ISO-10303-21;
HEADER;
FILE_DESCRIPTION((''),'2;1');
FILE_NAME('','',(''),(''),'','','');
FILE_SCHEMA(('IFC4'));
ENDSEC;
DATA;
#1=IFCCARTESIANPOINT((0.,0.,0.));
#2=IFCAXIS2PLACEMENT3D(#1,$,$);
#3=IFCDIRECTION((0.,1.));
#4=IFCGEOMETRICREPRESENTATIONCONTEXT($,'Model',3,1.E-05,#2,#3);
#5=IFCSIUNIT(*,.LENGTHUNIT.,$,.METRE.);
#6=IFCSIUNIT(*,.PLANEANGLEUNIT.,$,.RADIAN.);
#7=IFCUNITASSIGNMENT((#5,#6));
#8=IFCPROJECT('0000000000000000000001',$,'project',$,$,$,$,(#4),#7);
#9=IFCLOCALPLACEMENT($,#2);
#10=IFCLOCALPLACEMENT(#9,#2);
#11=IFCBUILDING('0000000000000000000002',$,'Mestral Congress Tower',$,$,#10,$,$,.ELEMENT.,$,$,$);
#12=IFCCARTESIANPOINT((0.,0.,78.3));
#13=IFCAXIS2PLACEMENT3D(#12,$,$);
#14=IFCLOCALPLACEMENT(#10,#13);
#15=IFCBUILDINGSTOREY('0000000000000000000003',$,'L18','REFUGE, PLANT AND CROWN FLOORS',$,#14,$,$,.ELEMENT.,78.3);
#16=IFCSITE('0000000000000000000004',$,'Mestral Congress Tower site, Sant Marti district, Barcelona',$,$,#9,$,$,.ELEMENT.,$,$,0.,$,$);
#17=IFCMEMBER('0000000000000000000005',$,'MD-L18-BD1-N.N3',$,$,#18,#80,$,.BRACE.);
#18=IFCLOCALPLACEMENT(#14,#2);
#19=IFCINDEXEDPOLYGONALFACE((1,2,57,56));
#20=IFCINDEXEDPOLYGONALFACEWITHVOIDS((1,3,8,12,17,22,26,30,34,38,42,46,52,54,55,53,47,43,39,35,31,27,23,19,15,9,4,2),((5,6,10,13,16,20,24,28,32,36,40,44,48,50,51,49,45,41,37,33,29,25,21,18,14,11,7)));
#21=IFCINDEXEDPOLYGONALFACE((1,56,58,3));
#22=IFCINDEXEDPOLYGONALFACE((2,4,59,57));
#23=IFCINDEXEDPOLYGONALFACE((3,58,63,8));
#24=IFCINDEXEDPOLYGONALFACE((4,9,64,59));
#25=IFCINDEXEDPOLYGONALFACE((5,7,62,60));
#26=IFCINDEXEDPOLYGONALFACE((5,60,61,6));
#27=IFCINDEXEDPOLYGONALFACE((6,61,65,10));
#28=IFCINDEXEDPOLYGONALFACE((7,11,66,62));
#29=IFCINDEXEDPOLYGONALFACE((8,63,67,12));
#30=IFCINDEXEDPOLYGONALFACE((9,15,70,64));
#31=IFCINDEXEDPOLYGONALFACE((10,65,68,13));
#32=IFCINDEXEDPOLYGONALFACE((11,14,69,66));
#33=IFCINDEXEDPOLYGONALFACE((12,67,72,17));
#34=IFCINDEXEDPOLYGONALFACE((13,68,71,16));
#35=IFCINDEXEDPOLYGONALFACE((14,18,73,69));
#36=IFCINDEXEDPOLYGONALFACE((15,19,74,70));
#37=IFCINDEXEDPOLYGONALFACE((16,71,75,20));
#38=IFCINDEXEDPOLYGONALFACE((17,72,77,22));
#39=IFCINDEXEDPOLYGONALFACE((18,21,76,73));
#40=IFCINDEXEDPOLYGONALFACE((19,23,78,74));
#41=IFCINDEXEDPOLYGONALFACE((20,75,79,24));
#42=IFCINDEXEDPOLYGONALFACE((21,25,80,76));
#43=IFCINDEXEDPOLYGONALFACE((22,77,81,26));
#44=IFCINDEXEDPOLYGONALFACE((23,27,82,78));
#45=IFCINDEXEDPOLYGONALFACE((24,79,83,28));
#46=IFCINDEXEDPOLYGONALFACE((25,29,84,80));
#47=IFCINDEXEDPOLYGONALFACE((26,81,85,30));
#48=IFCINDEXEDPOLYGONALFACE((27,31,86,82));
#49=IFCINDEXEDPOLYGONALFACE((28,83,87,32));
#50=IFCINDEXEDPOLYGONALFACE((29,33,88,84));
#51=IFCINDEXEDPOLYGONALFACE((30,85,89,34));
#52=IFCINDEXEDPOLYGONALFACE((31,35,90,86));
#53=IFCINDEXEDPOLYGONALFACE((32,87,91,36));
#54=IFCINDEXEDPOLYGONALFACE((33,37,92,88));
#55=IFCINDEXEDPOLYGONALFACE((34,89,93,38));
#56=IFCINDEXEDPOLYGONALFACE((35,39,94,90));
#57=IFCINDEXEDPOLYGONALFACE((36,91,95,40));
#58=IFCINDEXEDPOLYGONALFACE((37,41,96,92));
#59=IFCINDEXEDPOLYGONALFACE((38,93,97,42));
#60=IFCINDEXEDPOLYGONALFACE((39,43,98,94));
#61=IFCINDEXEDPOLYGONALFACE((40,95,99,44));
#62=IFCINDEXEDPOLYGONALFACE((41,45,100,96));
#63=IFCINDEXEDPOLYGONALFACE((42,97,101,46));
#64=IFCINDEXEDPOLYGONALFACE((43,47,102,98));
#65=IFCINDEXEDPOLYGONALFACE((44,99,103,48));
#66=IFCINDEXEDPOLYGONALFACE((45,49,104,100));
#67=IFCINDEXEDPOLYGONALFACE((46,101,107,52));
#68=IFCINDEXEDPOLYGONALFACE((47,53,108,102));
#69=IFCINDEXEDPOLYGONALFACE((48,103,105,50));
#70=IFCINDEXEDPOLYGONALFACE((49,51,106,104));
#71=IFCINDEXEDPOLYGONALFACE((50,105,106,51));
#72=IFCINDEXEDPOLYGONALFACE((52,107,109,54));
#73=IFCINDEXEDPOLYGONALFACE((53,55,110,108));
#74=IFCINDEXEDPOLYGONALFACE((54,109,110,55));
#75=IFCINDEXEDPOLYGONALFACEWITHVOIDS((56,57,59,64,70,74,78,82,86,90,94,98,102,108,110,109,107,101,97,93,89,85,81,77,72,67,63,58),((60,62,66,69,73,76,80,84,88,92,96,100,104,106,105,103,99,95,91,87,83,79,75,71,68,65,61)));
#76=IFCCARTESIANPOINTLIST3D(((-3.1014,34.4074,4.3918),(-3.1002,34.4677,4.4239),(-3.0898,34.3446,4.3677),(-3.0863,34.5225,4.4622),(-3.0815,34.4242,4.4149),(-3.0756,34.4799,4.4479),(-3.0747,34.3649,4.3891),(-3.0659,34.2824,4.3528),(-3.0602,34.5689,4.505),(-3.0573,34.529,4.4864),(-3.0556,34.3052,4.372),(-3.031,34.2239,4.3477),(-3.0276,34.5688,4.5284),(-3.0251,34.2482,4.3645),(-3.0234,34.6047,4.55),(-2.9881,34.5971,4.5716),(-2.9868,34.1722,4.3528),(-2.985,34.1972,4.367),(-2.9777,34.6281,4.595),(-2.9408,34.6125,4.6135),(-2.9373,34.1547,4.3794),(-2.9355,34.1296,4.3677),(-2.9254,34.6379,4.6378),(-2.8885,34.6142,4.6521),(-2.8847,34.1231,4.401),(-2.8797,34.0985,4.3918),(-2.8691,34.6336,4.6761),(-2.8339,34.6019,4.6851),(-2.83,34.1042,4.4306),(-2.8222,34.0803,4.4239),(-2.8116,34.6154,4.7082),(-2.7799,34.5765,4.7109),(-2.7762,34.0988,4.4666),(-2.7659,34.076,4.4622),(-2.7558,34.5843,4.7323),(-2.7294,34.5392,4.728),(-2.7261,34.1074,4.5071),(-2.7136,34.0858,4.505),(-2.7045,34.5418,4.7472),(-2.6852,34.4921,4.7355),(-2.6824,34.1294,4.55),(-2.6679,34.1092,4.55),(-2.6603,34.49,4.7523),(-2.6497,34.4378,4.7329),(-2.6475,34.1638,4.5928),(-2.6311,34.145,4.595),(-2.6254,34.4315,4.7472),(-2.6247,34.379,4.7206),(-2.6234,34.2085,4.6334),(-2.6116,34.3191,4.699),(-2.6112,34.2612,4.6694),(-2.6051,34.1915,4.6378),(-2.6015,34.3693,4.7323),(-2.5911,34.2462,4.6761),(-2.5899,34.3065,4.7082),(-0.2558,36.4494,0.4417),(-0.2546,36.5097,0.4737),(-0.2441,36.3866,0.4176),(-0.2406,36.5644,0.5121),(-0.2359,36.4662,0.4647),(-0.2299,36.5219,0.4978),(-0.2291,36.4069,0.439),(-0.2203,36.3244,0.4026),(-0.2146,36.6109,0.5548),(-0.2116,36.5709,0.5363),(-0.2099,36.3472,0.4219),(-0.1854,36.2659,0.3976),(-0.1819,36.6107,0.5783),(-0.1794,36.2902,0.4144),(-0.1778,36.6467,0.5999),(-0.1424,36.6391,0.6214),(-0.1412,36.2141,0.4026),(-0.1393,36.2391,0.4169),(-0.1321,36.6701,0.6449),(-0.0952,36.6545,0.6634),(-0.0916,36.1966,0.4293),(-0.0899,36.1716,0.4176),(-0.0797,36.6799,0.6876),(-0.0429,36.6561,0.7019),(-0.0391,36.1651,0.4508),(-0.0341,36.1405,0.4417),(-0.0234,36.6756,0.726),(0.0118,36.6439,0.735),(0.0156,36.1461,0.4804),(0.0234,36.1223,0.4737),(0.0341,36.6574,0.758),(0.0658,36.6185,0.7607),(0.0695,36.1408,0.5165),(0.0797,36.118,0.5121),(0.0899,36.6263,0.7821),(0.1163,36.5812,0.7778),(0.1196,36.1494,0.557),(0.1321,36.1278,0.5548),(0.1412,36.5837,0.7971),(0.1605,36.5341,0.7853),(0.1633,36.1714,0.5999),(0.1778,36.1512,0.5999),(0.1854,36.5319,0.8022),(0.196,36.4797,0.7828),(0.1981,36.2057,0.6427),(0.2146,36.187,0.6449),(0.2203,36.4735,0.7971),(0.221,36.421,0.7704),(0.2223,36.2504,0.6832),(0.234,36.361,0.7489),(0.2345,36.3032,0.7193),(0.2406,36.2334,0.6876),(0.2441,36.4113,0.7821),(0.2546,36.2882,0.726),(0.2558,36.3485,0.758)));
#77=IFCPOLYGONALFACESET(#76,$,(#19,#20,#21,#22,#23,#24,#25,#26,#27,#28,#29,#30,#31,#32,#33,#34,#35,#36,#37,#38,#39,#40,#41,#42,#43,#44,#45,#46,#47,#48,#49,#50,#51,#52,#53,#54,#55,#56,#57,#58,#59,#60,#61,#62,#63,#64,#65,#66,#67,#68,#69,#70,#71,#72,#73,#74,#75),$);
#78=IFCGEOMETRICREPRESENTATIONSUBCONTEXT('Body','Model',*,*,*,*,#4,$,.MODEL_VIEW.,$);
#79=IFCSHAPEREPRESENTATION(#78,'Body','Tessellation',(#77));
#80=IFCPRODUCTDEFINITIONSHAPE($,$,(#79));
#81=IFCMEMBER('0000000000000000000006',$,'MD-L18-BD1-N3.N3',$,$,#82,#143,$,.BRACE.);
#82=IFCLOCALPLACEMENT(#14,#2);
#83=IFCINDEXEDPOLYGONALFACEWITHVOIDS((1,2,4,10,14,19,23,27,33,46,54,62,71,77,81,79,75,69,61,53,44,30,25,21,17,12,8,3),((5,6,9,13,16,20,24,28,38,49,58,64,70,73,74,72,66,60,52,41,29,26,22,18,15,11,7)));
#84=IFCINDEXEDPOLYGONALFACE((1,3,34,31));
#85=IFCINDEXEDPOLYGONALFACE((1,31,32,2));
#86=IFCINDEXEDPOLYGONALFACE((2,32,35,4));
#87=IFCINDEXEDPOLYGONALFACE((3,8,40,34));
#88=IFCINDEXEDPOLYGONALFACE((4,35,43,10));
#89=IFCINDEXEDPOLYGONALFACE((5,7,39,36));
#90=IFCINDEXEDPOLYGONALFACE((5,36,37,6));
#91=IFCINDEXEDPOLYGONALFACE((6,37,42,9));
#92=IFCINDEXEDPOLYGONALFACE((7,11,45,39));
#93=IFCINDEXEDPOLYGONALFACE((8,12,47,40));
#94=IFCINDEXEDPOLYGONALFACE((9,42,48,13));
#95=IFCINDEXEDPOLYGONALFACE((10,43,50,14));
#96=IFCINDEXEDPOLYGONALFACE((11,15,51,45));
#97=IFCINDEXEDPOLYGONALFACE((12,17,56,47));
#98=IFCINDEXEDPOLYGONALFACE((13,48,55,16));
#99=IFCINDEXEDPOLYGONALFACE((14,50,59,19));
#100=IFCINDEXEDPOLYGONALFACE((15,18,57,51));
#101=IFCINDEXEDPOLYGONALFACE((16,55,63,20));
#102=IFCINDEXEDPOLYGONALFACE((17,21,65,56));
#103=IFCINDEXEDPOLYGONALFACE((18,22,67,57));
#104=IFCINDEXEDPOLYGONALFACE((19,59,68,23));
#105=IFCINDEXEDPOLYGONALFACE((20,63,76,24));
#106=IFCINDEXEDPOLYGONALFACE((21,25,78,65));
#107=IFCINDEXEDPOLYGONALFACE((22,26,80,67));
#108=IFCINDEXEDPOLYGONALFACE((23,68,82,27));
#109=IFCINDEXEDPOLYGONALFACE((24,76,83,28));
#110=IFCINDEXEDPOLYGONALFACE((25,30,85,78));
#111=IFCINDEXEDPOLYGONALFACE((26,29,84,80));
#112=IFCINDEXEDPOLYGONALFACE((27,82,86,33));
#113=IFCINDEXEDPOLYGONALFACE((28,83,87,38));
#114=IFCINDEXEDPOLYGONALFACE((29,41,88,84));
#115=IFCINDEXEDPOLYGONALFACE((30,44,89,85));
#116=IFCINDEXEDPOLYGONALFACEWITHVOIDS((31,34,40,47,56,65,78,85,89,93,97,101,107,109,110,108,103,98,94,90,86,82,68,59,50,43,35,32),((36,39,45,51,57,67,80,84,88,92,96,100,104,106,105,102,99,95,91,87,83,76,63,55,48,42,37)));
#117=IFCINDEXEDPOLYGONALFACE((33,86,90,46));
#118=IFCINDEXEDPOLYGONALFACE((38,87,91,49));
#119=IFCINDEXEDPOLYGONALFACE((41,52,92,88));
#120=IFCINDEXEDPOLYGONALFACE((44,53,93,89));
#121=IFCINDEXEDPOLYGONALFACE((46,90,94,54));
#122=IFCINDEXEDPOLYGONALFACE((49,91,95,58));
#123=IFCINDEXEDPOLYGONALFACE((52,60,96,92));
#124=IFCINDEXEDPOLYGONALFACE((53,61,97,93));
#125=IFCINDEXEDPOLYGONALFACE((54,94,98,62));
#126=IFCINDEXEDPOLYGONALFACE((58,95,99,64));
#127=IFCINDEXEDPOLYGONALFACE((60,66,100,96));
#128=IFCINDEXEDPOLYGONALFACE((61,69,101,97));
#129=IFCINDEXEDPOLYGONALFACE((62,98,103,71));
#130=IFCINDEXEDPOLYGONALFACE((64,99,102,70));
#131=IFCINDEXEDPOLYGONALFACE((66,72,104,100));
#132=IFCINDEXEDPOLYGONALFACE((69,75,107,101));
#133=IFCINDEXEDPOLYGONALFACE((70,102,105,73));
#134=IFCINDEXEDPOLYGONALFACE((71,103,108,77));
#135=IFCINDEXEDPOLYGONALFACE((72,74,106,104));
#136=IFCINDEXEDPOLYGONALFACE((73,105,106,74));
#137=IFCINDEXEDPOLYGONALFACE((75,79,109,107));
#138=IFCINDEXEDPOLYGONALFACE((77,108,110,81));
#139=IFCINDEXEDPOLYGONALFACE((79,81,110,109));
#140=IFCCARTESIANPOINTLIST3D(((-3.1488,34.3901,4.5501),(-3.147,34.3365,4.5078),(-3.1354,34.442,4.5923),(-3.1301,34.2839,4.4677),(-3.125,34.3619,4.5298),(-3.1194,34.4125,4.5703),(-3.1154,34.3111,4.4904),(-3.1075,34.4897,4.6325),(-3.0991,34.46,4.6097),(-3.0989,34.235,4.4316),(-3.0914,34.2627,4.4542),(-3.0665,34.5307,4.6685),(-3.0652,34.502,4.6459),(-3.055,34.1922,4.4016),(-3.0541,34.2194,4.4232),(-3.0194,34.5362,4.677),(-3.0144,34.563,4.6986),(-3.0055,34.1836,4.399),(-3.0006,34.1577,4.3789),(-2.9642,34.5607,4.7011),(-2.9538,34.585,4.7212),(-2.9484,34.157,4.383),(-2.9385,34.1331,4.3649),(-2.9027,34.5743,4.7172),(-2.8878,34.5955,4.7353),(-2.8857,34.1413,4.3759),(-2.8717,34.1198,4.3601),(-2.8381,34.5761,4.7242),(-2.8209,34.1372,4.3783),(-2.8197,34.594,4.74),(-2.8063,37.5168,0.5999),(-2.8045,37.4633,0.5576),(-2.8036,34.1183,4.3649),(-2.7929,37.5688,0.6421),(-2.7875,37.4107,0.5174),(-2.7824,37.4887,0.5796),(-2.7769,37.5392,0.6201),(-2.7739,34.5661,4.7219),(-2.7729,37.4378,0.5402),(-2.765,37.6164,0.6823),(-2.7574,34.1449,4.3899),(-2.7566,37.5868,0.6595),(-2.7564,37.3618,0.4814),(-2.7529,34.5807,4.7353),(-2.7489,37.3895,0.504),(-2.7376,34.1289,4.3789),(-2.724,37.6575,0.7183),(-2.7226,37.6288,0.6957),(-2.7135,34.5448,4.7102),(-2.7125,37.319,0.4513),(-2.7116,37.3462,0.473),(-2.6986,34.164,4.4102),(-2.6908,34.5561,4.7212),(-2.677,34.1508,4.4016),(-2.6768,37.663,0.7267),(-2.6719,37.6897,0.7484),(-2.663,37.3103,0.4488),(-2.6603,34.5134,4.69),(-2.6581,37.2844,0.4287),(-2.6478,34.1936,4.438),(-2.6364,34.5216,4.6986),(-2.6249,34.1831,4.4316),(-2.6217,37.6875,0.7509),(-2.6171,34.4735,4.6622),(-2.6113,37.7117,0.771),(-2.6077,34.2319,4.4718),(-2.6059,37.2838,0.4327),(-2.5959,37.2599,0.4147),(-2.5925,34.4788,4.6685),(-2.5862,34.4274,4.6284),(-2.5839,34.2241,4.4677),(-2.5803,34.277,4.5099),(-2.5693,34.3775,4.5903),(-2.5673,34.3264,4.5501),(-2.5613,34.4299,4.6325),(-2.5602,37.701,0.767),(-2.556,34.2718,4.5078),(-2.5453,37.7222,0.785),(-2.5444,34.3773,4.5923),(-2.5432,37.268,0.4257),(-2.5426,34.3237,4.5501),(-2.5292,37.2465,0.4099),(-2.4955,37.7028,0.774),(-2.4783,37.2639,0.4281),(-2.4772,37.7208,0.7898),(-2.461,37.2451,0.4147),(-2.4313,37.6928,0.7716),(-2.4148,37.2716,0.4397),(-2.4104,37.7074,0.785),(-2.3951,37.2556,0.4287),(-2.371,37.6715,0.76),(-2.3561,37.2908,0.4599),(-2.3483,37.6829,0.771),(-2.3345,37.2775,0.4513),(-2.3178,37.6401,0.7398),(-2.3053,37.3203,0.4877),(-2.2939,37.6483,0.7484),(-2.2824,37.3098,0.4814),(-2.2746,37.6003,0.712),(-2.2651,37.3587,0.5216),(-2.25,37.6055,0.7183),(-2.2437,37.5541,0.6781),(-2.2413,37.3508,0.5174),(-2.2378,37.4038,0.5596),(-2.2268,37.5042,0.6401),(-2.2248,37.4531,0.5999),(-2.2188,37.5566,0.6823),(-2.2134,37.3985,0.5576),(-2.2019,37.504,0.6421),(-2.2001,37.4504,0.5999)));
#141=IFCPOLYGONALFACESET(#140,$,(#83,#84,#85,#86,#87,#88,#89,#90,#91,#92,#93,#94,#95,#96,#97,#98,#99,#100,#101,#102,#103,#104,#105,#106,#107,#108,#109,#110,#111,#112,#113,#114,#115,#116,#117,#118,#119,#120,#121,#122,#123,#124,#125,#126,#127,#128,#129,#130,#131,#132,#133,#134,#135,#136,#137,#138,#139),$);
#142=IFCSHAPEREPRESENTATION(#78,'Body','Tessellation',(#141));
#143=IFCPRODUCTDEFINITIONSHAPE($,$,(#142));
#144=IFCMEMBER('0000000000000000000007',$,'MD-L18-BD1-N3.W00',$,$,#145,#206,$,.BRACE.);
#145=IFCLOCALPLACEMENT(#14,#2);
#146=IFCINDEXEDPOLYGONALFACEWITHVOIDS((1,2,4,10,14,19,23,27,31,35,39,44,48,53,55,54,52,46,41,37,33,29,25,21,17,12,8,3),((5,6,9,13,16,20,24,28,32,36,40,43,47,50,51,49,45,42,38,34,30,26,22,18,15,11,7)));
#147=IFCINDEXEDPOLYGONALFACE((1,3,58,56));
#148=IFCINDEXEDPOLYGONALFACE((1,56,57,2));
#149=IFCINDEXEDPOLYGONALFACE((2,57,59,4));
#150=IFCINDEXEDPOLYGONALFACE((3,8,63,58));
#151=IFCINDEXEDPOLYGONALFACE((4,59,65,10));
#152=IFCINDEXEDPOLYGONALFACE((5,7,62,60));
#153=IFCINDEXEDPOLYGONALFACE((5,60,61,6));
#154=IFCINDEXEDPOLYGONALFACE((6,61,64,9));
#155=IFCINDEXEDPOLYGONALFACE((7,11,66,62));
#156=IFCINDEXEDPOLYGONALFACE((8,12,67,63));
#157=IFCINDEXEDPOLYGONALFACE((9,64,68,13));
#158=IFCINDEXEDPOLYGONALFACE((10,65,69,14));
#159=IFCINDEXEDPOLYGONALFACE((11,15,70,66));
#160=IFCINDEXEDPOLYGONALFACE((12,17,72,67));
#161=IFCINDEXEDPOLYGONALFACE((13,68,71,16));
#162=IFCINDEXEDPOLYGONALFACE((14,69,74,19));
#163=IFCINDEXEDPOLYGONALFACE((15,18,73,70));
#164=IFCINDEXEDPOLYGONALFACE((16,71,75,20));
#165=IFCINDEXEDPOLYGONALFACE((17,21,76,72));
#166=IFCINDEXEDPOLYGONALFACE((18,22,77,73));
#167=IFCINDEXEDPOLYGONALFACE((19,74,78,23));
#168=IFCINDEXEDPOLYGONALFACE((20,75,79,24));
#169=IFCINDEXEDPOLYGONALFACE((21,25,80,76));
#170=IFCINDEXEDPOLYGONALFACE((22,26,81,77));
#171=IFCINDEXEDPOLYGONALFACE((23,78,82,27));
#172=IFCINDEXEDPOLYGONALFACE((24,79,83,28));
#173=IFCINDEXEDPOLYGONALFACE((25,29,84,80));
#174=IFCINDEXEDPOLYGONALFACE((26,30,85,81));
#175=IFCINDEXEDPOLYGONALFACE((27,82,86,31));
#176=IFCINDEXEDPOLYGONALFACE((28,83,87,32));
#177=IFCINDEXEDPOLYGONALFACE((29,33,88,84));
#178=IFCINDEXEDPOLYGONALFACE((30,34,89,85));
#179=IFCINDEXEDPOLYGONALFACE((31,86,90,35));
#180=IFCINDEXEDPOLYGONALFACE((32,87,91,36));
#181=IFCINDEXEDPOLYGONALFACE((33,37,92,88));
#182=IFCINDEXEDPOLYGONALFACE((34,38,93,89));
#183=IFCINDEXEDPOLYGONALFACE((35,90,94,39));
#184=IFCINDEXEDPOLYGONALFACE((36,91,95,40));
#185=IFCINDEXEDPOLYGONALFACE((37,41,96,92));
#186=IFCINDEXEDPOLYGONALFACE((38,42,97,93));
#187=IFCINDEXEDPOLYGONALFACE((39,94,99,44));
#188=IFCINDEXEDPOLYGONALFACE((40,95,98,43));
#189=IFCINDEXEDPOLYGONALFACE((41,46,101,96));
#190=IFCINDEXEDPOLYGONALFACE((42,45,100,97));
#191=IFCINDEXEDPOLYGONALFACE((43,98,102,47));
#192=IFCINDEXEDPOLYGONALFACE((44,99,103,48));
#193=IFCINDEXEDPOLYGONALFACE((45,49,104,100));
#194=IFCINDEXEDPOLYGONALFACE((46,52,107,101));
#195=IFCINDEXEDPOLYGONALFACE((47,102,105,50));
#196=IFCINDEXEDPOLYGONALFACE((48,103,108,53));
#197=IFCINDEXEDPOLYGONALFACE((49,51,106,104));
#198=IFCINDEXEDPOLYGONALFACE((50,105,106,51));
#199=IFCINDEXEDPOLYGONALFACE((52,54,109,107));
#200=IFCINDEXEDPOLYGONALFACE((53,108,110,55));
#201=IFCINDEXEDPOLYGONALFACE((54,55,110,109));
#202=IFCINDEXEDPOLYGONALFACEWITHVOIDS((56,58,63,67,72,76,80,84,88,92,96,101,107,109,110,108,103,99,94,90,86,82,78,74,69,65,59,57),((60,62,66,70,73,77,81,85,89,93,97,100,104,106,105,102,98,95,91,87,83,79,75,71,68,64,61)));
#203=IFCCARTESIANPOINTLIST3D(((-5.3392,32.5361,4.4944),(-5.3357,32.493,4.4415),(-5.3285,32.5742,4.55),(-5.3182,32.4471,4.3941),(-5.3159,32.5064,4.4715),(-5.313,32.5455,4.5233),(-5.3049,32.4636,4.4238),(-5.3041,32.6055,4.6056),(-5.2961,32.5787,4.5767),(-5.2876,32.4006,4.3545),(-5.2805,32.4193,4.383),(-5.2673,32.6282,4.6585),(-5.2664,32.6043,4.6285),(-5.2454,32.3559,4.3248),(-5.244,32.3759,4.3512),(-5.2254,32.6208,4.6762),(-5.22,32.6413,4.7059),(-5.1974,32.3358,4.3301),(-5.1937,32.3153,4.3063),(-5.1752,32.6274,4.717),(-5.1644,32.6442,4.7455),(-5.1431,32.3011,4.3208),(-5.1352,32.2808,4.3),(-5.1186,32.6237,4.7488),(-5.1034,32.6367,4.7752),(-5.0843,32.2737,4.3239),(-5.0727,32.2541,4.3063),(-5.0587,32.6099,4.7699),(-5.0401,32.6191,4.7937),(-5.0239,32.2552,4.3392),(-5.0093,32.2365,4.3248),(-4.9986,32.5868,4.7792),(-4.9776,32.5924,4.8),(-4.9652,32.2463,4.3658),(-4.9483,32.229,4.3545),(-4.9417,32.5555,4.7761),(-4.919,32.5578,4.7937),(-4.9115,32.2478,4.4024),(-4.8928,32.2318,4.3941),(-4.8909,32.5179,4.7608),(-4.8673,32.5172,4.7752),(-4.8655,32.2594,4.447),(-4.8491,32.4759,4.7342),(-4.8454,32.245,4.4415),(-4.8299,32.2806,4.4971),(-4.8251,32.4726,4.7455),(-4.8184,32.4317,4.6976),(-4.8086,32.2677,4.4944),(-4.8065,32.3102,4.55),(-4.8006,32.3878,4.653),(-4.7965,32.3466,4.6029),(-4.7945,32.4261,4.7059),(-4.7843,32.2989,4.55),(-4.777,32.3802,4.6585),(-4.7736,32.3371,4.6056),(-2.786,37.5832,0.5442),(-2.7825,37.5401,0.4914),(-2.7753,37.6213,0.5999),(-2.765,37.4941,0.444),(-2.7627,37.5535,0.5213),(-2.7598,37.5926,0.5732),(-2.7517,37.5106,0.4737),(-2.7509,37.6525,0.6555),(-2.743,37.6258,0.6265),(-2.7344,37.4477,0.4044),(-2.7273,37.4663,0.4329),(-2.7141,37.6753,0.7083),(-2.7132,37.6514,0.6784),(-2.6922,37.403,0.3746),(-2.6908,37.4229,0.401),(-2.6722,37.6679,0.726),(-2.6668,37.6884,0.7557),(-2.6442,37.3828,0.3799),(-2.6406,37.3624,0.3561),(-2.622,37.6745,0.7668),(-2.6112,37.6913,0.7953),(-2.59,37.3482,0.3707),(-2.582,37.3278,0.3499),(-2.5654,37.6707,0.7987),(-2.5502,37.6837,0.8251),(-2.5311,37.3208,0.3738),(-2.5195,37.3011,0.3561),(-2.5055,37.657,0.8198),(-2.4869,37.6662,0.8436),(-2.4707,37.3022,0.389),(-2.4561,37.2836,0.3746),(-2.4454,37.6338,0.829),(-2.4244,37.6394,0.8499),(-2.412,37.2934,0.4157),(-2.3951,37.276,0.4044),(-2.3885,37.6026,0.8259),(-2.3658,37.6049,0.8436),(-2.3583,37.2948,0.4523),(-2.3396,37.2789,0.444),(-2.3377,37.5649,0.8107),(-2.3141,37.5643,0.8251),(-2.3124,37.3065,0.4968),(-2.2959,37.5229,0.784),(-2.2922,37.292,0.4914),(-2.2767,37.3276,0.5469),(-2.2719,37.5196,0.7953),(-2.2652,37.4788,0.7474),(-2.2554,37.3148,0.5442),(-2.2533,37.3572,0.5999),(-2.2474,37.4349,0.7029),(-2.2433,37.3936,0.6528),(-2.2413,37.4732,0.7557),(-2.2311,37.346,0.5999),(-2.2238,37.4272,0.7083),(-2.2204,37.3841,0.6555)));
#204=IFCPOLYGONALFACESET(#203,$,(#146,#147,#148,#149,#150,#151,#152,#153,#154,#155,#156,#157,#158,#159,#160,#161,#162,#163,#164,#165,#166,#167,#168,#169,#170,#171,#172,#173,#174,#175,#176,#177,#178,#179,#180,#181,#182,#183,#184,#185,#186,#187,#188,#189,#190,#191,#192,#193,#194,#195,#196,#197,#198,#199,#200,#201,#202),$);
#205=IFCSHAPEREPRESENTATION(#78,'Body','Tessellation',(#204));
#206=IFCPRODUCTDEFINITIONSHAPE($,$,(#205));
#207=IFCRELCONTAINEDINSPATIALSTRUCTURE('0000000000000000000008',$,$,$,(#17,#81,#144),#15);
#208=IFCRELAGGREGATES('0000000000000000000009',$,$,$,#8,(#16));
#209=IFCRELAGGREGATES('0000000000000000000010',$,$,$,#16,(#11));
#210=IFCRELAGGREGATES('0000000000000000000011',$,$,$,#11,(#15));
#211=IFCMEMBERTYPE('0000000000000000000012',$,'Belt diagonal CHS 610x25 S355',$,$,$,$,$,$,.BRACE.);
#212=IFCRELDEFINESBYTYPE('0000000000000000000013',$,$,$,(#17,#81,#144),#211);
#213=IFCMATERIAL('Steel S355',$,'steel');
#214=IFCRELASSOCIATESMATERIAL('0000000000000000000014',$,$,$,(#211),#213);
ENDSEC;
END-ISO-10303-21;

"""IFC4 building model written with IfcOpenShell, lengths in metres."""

from ifc_helpers import new_model, si_unit, direction, frame, origin, origin_2d, place, context, subcontext, project, spatial, hollow_circle, extrude, material, material_profile, profile_set, type_object, element, save


model = new_model("IFC4")

# Units and contexts
model_context = context("Model", 3, precision=1e-05, world=origin(), true_north=direction((0.0, 1.0)))
body_context = subcontext(model_context, "Body", "Model", "MODEL_VIEW")
ifc_project = project(units=[si_unit("LENGTHUNIT", "METRE"), si_unit("PLANEANGLEUNIT", "RADIAN")], contexts=[model_context])

# Site, building, storey
site_placement = place(None, origin())
site = spatial("IfcSite", under=ifc_project, at=site_placement, Name="Mestral Congress Tower site, Sant Marti district, Barcelona", CompositionType="ELEMENT", RefElevation=0.0)
building_placement = place(site_placement, origin())
building = spatial("IfcBuilding", under=site, at=building_placement, Name="Mestral Congress Tower", CompositionType="ELEMENT")
storey_placement = place(building_placement, frame((0.0, 0.0, 78.3)))
storey = spatial("IfcBuildingStorey", under=building, at=storey_placement, Name="L18", Description="REFUGE, PLANT AND CROWN FLOORS", CompositionType="ELEMENT", Elevation=78.3)

# Members
ifc_material_1 = material(Name="Steel S355", Category="steel")
ifc_material_profile_1 = material_profile(ifc_material_1, hollow_circle(Radius=0.3049, WallThickness=0.0249, at=origin_2d()), Name="CHS 610x25")
ifc_profile_set_1 = profile_set([ifc_material_profile_1], Name="Steel S355")
member_type_1 = type_object("IfcMemberType", Name="Belt diagonal CHS 610x25 S355", PredefinedType="BRACE", material=ifc_profile_set_1)
member_1_placement = place(storey_placement, frame((0.0, 36.3989, 0.5999), z_axis=(-0.539023, -0.386787, 0.748232), x_axis=(0.583004, -0.812469, 0.0)))
element("IfcMember", 1, at=member_1_placement, inside=storey, type_object=member_type_1, Name="MD-L18-BD1-N.N3", PredefinedType="BRACE", context=body_context, shape_type="SweptSolid", body=[
    extrude(hollow_circle(Radius=0.3049, WallThickness=0.0249, at=origin_2d()), origin(), (0.0, 0.0, 1.0), 5.2793),
])
member_2_placement = place(storey_placement, frame((-2.5032, 37.4836, 0.5999), z_axis=(-0.067834, -0.619209, 0.782291), x_axis=(0.994053, -0.108898, 0.0)))
element("IfcMember", 2, at=member_2_placement, inside=storey, type_object=member_type_1, Name="MD-L18-BD1-N3.N3", PredefinedType="BRACE", context=body_context, shape_type="SweptSolid", body=[
    extrude(hollow_circle(Radius=0.3049, WallThickness=0.0249, at=origin_2d()), origin(), (0.0, 0.0, 1.0), 5.0496),
])
member_3_placement = place(storey_placement, frame((-2.5032, 37.4836, 0.5999), z_axis=(-0.370085, -0.731571, 0.572574), x_axis=(0.89232, -0.451404, 0.0)))
element("IfcMember", 3, at=member_3_placement, inside=storey, type_object=member_type_1, Name="MD-L18-BD1-N3.W00", PredefinedType="BRACE", context=body_context, shape_type="SweptSolid", body=[
    extrude(hollow_circle(Radius=0.3049, WallThickness=0.0249, at=origin_2d()), origin(), (0.0, 0.0, 1.0), 6.8989),
])

save(model, "model.ifc")
